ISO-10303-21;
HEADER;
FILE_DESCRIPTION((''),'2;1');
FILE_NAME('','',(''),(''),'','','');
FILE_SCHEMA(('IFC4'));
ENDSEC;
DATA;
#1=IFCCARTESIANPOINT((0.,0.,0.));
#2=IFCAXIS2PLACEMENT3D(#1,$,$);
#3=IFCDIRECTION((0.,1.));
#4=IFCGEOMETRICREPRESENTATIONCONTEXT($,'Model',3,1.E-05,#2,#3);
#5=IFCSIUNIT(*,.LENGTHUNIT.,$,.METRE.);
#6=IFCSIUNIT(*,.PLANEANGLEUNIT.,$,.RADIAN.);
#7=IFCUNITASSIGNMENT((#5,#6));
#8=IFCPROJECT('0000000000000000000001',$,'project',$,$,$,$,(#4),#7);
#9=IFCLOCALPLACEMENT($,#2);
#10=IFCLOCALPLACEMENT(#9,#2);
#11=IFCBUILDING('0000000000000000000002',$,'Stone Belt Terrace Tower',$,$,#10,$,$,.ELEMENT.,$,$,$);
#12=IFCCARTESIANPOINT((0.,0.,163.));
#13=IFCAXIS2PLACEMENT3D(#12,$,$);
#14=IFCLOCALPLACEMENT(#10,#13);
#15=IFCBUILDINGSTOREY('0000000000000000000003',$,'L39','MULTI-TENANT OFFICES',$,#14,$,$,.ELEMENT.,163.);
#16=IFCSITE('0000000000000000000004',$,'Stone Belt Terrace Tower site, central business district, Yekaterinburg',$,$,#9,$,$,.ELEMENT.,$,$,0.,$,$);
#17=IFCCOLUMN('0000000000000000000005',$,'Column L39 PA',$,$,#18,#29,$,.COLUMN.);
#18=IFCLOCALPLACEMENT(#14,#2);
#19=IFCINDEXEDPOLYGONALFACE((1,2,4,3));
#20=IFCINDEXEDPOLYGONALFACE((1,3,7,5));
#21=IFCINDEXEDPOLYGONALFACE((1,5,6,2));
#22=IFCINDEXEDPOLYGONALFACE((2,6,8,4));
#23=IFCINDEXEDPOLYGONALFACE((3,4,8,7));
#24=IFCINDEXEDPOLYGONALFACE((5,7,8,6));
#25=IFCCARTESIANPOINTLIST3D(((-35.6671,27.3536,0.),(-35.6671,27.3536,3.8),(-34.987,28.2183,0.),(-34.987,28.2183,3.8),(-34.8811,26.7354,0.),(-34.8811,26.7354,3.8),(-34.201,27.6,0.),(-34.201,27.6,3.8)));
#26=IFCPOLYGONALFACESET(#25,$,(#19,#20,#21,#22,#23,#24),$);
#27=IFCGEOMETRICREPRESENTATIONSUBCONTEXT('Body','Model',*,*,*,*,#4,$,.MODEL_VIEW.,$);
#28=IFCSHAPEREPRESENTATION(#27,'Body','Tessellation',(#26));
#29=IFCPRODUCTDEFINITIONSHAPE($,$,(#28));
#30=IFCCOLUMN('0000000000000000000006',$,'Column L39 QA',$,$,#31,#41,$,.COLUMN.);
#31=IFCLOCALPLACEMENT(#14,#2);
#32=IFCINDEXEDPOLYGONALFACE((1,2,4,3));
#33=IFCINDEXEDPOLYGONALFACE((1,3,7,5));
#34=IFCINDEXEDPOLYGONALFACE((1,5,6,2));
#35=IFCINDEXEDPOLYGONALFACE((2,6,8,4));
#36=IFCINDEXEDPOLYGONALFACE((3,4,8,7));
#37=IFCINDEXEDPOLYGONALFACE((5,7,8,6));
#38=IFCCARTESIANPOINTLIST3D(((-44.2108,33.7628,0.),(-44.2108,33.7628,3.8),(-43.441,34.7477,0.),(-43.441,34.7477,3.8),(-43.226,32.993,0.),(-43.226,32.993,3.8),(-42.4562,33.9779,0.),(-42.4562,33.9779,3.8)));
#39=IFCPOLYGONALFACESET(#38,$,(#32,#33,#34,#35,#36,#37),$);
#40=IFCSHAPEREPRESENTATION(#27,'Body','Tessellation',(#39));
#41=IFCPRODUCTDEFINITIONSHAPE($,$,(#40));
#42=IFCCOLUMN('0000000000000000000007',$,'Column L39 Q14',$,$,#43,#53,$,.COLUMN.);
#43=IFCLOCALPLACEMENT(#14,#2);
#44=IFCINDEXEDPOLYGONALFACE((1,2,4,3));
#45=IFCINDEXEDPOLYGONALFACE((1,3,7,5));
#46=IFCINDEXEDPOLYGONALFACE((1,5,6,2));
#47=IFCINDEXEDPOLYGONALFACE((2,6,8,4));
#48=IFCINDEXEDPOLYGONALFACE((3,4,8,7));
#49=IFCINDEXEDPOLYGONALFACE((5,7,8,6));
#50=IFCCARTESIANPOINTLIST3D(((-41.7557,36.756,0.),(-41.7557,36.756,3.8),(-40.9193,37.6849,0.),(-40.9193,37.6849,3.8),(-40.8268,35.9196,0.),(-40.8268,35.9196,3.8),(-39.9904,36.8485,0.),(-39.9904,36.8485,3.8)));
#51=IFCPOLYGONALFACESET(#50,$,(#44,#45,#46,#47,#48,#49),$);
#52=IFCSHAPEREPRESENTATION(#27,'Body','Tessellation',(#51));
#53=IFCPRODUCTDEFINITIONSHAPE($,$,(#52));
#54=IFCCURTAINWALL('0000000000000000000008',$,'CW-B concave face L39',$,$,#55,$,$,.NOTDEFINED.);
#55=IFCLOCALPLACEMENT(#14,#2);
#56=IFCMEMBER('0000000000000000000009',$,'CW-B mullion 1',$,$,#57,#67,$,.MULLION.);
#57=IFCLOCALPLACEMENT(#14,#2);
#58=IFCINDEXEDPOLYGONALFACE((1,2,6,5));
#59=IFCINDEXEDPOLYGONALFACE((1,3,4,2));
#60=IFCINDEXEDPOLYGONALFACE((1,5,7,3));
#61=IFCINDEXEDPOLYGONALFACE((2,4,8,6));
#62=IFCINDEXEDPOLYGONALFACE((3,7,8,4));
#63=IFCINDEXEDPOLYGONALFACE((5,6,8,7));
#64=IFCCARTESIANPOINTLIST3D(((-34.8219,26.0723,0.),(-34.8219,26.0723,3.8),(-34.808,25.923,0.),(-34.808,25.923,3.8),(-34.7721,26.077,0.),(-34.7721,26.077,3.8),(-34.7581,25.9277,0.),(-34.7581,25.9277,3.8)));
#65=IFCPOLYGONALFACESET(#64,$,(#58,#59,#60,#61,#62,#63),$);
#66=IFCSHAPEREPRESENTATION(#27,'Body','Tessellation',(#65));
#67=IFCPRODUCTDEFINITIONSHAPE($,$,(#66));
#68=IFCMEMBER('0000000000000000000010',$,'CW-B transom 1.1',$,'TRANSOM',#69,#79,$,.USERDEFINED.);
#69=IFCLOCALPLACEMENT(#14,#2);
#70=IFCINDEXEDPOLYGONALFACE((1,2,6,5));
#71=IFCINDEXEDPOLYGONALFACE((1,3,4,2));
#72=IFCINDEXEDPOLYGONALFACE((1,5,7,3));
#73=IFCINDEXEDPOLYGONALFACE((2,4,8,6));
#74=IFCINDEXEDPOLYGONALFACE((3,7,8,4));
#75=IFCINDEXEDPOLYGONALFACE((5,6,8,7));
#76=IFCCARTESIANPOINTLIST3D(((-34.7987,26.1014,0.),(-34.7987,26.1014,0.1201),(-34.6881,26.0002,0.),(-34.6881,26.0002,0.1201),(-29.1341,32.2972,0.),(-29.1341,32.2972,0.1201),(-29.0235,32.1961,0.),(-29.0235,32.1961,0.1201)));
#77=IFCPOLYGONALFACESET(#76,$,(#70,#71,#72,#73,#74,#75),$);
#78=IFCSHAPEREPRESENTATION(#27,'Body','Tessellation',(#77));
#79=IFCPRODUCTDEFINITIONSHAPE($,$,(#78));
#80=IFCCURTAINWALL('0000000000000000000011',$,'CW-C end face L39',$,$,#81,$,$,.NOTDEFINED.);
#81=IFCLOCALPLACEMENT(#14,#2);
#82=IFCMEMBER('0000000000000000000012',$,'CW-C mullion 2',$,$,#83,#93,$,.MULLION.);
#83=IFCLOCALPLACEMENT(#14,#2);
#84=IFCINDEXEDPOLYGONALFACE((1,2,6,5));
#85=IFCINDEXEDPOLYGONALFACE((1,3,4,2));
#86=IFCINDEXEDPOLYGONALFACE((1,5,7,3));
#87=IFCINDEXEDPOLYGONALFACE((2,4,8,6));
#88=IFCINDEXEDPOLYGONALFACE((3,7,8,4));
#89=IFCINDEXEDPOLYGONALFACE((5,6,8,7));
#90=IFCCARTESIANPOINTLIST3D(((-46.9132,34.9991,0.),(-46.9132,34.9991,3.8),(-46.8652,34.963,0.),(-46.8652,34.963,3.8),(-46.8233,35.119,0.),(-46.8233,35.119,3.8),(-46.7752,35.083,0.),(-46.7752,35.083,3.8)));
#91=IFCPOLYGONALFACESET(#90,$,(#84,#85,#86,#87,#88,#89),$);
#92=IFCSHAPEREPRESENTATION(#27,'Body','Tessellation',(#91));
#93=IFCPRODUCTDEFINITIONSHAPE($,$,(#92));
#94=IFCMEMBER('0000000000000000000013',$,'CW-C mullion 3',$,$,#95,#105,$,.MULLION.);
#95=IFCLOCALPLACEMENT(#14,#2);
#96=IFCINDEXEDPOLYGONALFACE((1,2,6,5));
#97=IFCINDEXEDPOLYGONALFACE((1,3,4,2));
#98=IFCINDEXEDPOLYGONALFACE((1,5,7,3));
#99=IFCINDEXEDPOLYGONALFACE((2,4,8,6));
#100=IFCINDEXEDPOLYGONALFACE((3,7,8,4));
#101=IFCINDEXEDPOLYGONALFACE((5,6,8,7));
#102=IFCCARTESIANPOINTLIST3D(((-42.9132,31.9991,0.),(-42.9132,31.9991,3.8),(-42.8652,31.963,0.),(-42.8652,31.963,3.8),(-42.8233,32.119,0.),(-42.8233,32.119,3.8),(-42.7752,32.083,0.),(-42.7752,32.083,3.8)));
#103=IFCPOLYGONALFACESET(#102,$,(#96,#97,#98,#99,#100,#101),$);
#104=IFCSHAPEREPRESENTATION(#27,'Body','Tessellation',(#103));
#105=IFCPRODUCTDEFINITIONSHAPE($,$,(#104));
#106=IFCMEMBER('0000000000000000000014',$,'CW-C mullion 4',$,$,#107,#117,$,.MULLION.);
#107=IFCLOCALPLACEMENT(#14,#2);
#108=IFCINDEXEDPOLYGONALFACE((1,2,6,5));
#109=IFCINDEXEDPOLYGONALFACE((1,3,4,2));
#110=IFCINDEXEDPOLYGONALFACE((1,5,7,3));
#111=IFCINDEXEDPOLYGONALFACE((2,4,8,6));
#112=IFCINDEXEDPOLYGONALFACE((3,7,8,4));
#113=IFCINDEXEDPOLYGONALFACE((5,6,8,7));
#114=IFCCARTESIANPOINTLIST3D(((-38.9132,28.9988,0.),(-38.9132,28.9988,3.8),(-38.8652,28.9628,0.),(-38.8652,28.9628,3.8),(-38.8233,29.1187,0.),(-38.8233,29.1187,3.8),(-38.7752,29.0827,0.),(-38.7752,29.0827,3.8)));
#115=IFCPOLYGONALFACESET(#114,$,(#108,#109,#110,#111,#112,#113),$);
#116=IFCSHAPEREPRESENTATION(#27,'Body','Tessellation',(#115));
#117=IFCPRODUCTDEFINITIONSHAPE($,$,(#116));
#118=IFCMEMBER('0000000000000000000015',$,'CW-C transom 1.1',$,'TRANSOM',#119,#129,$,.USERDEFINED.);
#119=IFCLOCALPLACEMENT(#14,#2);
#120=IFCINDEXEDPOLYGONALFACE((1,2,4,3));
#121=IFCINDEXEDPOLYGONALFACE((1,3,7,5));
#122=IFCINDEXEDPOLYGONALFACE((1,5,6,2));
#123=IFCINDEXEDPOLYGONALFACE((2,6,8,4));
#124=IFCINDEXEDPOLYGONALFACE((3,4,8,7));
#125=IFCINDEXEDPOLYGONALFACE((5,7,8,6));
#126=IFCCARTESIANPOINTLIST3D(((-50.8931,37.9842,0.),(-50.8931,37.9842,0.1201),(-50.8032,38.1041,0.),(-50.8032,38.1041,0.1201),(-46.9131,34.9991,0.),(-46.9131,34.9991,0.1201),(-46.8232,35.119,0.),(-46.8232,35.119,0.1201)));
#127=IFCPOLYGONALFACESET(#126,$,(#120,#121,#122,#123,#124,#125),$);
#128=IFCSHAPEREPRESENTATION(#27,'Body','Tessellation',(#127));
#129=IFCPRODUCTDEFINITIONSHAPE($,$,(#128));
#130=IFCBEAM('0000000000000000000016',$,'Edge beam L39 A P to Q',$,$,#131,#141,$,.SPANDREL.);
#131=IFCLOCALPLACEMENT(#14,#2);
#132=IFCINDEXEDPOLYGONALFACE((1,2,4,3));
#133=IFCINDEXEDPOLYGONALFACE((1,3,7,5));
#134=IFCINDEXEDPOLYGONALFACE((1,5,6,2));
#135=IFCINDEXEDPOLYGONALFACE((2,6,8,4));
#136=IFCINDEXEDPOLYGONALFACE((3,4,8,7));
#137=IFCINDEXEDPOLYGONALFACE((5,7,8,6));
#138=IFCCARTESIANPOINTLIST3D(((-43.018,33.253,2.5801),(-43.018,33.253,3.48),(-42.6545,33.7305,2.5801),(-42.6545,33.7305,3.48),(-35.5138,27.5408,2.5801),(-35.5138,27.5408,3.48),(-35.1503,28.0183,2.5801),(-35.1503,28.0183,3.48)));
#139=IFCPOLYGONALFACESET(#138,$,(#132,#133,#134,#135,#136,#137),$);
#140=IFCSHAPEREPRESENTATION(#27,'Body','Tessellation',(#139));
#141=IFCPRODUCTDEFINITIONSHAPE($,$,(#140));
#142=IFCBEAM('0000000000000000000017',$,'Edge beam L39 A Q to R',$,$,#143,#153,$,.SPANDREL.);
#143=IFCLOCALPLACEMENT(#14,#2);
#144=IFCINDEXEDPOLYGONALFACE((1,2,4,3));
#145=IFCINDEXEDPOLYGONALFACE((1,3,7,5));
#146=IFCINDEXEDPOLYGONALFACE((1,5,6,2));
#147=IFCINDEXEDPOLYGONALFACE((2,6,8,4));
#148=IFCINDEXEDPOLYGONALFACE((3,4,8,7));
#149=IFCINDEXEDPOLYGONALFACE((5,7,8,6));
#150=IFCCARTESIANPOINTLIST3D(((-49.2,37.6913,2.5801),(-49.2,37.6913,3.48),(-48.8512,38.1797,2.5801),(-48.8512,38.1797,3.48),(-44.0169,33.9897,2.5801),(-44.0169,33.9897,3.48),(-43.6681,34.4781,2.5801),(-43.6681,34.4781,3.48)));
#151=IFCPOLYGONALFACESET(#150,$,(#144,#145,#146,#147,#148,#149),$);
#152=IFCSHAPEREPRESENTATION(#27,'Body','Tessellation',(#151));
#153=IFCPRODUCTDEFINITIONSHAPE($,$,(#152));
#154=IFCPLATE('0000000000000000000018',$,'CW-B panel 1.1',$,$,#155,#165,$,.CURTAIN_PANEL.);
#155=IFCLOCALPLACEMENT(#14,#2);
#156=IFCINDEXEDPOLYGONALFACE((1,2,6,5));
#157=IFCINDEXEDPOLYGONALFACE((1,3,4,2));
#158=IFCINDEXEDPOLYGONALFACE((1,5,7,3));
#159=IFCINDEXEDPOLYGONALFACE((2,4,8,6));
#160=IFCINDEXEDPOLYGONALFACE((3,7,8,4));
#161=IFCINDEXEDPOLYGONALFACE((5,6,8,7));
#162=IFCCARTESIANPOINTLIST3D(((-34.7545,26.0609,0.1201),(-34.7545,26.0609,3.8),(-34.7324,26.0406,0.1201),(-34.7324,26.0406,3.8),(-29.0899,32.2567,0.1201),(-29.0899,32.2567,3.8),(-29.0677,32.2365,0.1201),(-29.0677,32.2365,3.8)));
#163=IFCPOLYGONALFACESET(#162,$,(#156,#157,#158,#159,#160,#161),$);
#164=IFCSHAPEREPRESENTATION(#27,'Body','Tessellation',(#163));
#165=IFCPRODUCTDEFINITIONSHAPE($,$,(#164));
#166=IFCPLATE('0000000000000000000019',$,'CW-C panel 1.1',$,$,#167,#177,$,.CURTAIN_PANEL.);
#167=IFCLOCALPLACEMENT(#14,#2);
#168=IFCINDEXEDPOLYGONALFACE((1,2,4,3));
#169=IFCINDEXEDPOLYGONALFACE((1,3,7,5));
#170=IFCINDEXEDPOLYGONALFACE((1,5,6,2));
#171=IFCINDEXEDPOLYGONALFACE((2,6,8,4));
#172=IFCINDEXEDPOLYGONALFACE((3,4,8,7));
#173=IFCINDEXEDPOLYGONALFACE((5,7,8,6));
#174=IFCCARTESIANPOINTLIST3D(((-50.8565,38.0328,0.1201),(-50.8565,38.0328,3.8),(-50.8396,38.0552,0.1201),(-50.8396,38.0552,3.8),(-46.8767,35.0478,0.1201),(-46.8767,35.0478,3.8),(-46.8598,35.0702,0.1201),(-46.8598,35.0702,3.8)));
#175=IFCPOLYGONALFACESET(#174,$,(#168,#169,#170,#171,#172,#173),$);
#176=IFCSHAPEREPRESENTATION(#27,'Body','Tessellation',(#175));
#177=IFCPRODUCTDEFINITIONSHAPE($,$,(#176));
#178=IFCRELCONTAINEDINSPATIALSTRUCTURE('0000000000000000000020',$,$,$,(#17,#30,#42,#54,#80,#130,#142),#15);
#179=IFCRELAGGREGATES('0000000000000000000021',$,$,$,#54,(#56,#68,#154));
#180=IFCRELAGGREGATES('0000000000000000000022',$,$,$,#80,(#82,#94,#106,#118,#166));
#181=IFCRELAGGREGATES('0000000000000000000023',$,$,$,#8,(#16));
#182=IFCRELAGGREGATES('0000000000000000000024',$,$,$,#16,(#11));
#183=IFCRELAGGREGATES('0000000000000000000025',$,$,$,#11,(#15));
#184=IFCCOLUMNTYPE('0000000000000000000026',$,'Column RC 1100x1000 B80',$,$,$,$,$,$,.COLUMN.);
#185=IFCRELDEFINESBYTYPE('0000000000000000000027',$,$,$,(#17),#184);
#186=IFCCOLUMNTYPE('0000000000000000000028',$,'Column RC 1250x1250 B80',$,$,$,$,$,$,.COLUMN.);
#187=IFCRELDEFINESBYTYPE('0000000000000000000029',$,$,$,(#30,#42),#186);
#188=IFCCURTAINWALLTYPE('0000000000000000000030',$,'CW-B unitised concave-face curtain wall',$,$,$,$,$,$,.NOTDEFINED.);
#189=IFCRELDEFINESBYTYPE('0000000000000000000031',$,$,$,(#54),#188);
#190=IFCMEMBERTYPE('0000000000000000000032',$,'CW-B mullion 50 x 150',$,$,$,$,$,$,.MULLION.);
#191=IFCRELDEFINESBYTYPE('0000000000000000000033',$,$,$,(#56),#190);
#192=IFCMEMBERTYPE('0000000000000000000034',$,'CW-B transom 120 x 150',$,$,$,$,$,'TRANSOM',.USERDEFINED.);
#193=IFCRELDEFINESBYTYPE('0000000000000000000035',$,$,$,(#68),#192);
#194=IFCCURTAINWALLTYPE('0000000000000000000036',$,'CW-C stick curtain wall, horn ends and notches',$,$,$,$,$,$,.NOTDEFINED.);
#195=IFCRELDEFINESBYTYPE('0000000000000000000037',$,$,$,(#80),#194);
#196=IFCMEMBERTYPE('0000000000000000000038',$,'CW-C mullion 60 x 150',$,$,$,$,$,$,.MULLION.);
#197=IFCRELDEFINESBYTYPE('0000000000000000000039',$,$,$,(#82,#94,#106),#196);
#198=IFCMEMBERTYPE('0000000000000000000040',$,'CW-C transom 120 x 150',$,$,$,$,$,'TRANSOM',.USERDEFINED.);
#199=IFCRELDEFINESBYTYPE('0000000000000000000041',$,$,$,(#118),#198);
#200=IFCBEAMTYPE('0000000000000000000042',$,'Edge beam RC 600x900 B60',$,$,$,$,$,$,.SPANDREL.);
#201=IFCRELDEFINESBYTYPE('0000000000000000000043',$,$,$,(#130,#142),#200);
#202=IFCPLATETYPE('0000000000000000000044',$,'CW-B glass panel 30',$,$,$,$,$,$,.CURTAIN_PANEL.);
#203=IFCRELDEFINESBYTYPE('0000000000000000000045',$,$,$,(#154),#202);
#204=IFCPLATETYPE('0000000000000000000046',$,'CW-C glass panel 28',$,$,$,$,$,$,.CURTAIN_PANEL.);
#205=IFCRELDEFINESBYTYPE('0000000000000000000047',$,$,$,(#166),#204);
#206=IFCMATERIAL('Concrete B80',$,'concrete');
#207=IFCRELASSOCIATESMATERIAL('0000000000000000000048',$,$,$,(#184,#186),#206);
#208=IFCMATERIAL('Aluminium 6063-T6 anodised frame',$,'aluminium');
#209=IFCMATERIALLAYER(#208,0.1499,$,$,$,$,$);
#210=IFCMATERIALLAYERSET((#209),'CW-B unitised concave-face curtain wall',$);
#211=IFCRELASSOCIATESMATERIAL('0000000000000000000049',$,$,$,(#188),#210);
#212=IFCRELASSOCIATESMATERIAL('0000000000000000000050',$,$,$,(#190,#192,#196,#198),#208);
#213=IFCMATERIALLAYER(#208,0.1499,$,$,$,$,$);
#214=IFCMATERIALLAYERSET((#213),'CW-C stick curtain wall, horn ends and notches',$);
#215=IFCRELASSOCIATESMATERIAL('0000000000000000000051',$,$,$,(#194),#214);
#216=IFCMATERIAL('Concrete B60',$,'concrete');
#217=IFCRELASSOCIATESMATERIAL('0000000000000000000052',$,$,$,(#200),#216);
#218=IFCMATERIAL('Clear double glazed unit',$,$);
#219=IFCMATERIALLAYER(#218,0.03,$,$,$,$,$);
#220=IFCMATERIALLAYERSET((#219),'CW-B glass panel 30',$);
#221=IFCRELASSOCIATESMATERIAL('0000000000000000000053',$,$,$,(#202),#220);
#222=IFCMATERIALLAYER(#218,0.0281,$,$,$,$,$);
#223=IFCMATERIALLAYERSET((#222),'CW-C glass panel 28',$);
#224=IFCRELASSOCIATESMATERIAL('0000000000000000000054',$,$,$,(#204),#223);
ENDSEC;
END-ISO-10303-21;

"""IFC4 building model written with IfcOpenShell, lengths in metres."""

from ifc_helpers import new_model, si_unit, direction, frame, origin, origin_2d, place, context, subcontext, project, spatial, rectangle, extrude, material, layer, layer_set, material_profile, profile_set, type_object, element, aggregate, save


model = new_model("IFC4")

# Units and contexts
model_context = context("Model", 3, precision=1e-05, world=origin(), true_north=direction((0.0, 1.0)))
body_context = subcontext(model_context, "Body", "Model", "MODEL_VIEW")
ifc_project = project(units=[si_unit("LENGTHUNIT", "METRE"), si_unit("PLANEANGLEUNIT", "RADIAN")], contexts=[model_context])

# Site, building, storey
site_placement = place(None, origin())
site = spatial("IfcSite", under=ifc_project, at=site_placement, Name="Stone Belt Terrace Tower site, central business district, Yekaterinburg", CompositionType="ELEMENT", RefElevation=0.0)
building_placement = place(site_placement, origin())
building = spatial("IfcBuilding", under=site, at=building_placement, Name="Stone Belt Terrace Tower", CompositionType="ELEMENT")
storey_placement = place(building_placement, frame((0.0, 0.0, 163.0)))
storey = spatial("IfcBuildingStorey", under=building, at=storey_placement, Name="L39", Description="MULTI-TENANT OFFICES", CompositionType="ELEMENT", Elevation=163.0)

# Columns
ifc_material_1 = material(Name="Concrete B80", Category="concrete")
ifc_material_profile_1 = material_profile(ifc_material_1, rectangle(XDim=1.1001, YDim=1.0, at=origin_2d()), Name="RC 1100x1000")
ifc_profile_set_1 = profile_set([ifc_material_profile_1], Name="Concrete B80")
column_type_1 = type_object("IfcColumnType", Name="Column RC 1100x1000 B80", PredefinedType="COLUMN", material=ifc_profile_set_1)
column_placement = place(storey_placement, frame((-34.9341, 27.4768, 0.0), z_axis=(0.0, 0.0, 1.0), x_axis=(0.618218, 0.786007, 0.0)))
element("IfcColumn", 1, at=column_placement, inside=storey, type_object=column_type_1, Name="Column L39 PA", PredefinedType="COLUMN", context=body_context, shape_type="SweptSolid", body=[
    extrude(rectangle(XDim=1.1001, YDim=1.0, at=origin_2d()), origin(), (0.0, 0.0, 1.0), 3.8),
])
ifc_material_profile_2 = material_profile(ifc_material_1, rectangle(XDim=1.25, YDim=1.25, at=origin_2d()), Name="RC 1250x1250")
ifc_profile_set_2 = profile_set([ifc_material_profile_2], Name="Concrete B80")
column_type_2 = type_object("IfcColumnType", Name="Column RC 1250x1250 B80", PredefinedType="COLUMN", material=ifc_profile_set_2)
for number, where, z_axis, x_axis, name in (
    (2, (-43.3335, 33.8704, 0.0), (0.0, 0.0, 1.0), (0.615825, 0.787883, 0.0), "Column L39 QA"),
    (3, (-40.873, 36.8022, 0.0), (0.0, 0.0, 1.0), (0.669131, 0.743145, 0.0), "Column L39 Q14"),
):
    element("IfcColumn", number, at=place(storey_placement, frame(where, z_axis=z_axis, x_axis=x_axis)), inside=storey, type_object=column_type_2, Name=name, PredefinedType="COLUMN", context=body_context, shape_type="SweptSolid", body=[
        extrude(rectangle(XDim=1.25, YDim=1.25, at=origin_2d()), origin(), (0.0, 0.0, 1.0), 3.8),
    ])

# Curtain walls, members
ifc_material_2 = material(Name="Aluminium 6063-T6 anodised frame", Category="aluminium")
ifc_layer_1 = layer(ifc_material_2, 0.1499)
ifc_layer_set_1 = layer_set([ifc_layer_1], Name="CW-B unitised concave-face curtain wall")
curtain_wall_type_1 = type_object("IfcCurtainWallType", Name="CW-B unitised concave-face curtain wall", PredefinedType="NOTDEFINED", material=ifc_layer_set_1)
curtain_wall_1_placement = place(storey_placement, origin())
curtain_wall_1 = element("IfcCurtainWall", 4, at=curtain_wall_1_placement, inside=storey, type_object=curtain_wall_type_1, Name="CW-B concave face L39", PredefinedType="NOTDEFINED")
ifc_material_profile_3 = material_profile(ifc_material_2, rectangle(XDim=0.1499, YDim=0.05, at=origin_2d()), Name="Aluminium 6063-T6 50x150")
ifc_profile_set_3 = profile_set([ifc_material_profile_3], Name="Aluminium 6063-T6 anodised frame")
member_type_1 = type_object("IfcMemberType", Name="CW-B mullion 50 x 150", PredefinedType="MULLION", material=ifc_profile_set_3)
member_1_placement = place(storey_placement, frame((-34.79, 26.0, 0.0), z_axis=(0.0, 0.0, 1.0), x_axis=(-0.093181, 0.995649, 0.0)))
member_1 = element("IfcMember", 5, at=member_1_placement, type_object=member_type_1, Name="CW-B mullion 1", PredefinedType="MULLION", context=body_context, shape_type="SweptSolid", body=[
    extrude(rectangle(XDim=0.1499, YDim=0.05, at=origin_2d()), origin(), (0.0, 0.0, 1.0), 3.8),
])
ifc_material_profile_4 = material_profile(ifc_material_2, rectangle(XDim=0.1499, YDim=0.1201, at=origin_2d()), Name="Aluminium 6063-T6 150x120")
ifc_profile_set_4 = profile_set([ifc_material_profile_4], Name="Aluminium 6063-T6 anodised frame")
member_type_2 = type_object("IfcMemberType", Name="CW-B transom 120 x 150", ElementType="TRANSOM", PredefinedType="USERDEFINED", material=ifc_profile_set_4)
member_2_placement = place(storey_placement, frame((-34.7434, 26.0508, 0.0601), z_axis=(0.674757, 0.73804, 0.0), x_axis=(-0.73804, 0.674757, 0.0)))
member_2 = element("IfcMember", 6, at=member_2_placement, type_object=member_type_2, Name="CW-B transom 1.1", ObjectType="TRANSOM", PredefinedType="USERDEFINED", context=body_context, shape_type="SweptSolid", body=[
    extrude(rectangle(XDim=0.1499, YDim=0.1201, at=origin_2d()), origin(), (0.0, 0.0, 1.0), 8.395),
])
ifc_layer_2 = layer(ifc_material_2, 0.1499)
ifc_layer_set_2 = layer_set([ifc_layer_2], Name="CW-C stick curtain wall, horn ends and notches")
curtain_wall_type_2 = type_object("IfcCurtainWallType", Name="CW-C stick curtain wall, horn ends and notches", PredefinedType="NOTDEFINED", material=ifc_layer_set_2)
curtain_wall_2_placement = place(storey_placement, origin())
curtain_wall_2 = element("IfcCurtainWall", 7, at=curtain_wall_2_placement, inside=storey, type_object=curtain_wall_type_2, Name="CW-C end face L39", PredefinedType="NOTDEFINED")
ifc_material_profile_5 = material_profile(ifc_material_2, rectangle(XDim=0.1499, YDim=0.0601, at=origin_2d()), Name="Aluminium 6063-T6 60x150")
ifc_profile_set_5 = profile_set([ifc_material_profile_5], Name="Aluminium 6063-T6 anodised frame")
member_type_3 = type_object("IfcMemberType", Name="CW-C mullion 60 x 150", PredefinedType="MULLION", material=ifc_profile_set_5)
member_3_placement = place(storey_placement, frame((-46.8442, 35.041, 0.0), z_axis=(0.0, 0.0, 1.0), x_axis=(0.600018, 0.799987, 0.0)))
member_3 = element("IfcMember", 8, at=member_3_placement, type_object=member_type_3, Name="CW-C mullion 2", PredefinedType="MULLION", context=body_context, shape_type="SweptSolid", body=[
    extrude(rectangle(XDim=0.1499, YDim=0.0601, at=origin_2d()), origin(), (0.0, 0.0, 1.0), 3.8),
])
member_4_placement = place(storey_placement, frame((-42.8442, 32.041, 0.0), z_axis=(0.0, 0.0, 1.0), x_axis=(0.600018, 0.799987, 0.0)))
member_4 = element("IfcMember", 9, at=member_4_placement, type_object=member_type_3, Name="CW-C mullion 3", PredefinedType="MULLION", context=body_context, shape_type="SweptSolid", body=[
    extrude(rectangle(XDim=0.1499, YDim=0.0601, at=origin_2d()), origin(), (0.0, 0.0, 1.0), 3.8),
])
member_5_placement = place(storey_placement, frame((-38.8442, 29.0408, 0.0), z_axis=(0.0, 0.0, 1.0), x_axis=(0.600018, 0.799987, 0.0)))
member_5 = element("IfcMember", 10, at=member_5_placement, type_object=member_type_3, Name="CW-C mullion 4", PredefinedType="MULLION", context=body_context, shape_type="SweptSolid", body=[
    extrude(rectangle(XDim=0.1499, YDim=0.0601, at=origin_2d()), origin(), (0.0, 0.0, 1.0), 3.8),
])
ifc_material_profile_6 = material_profile(ifc_material_2, rectangle(XDim=0.1499, YDim=0.1201, at=origin_2d()), Name="Aluminium 6063-T6 150x120")
ifc_profile_set_6 = profile_set([ifc_material_profile_6], Name="Aluminium 6063-T6 anodised frame")
member_type_4 = type_object("IfcMemberType", Name="CW-C transom 120 x 150", ElementType="TRANSOM", PredefinedType="USERDEFINED", material=ifc_profile_set_6)
member_6_placement = place(storey_placement, frame((-50.8481, 38.0442, 0.0601), z_axis=(0.799988, -0.600016, 0.0), x_axis=(0.600016, 0.799988, 0.0)))
member_6 = element("IfcMember", 11, at=member_6_placement, type_object=member_type_4, Name="CW-C transom 1.1", ObjectType="TRANSOM", PredefinedType="USERDEFINED", context=body_context, shape_type="SweptSolid", body=[
    extrude(rectangle(XDim=0.1499, YDim=0.1201, at=origin_2d()), origin(), (0.0, 0.0, 1.0), 4.9751),
])

# Beams
ifc_material_3 = material(Name="Concrete B60", Category="concrete")
ifc_material_profile_7 = material_profile(ifc_material_3, rectangle(XDim=0.6001, YDim=0.8999, at=origin_2d()), Name="RC 600x900")
ifc_profile_set_7 = profile_set([ifc_material_profile_7], Name="Concrete B60")
beam_type = type_object("IfcBeamType", Name="Edge beam RC 600x900 B60", PredefinedType="SPANDREL", material=ifc_profile_set_7)
beam_1_placement = place(storey_placement, frame((-35.332, 27.7795, 3.03), z_axis=(-0.795702, 0.605688, 0.0), x_axis=(-0.605688, -0.795702, 0.0)))
element("IfcBeam", 12, at=beam_1_placement, inside=storey, type_object=beam_type, Name="Edge beam L39 A P to Q", PredefinedType="SPANDREL", context=body_context, shape_type="SweptSolid", body=[
    extrude(rectangle(XDim=0.6001, YDim=0.8999, at=origin_2d()), origin(), (0.0, 0.0, 1.0), 9.4309),
])
beam_2_placement = place(storey_placement, frame((-43.8425, 34.2339, 3.03), z_axis=(-0.813775, 0.58118, 0.0), x_axis=(-0.58118, -0.813775, 0.0)))
element("IfcBeam", 13, at=beam_2_placement, inside=storey, type_object=beam_type, Name="Edge beam L39 A Q to R", PredefinedType="SPANDREL", context=body_context, shape_type="SweptSolid", body=[
    extrude(rectangle(XDim=0.6001, YDim=0.8999, at=origin_2d()), origin(), (0.0, 0.0, 1.0), 6.3691),
])

# Plates
ifc_material_4 = material(Name="Clear double glazed unit")
ifc_layer_3 = layer(ifc_material_4, 0.03)
ifc_layer_set_3 = layer_set([ifc_layer_3], Name="CW-B glass panel 30")
plate_type_1 = type_object("IfcPlateType", Name="CW-B glass panel 30", PredefinedType="CURTAIN_PANEL", material=ifc_layer_set_3)
plate_1_placement = place(storey_placement, frame((-31.9111, 29.1487, 0.1201), z_axis=(0.0, 0.0, 1.0), x_axis=(0.674761, 0.738036, 0.0)))
plate_1 = element("IfcPlate", 14, at=plate_1_placement, type_object=plate_type_1, Name="CW-B panel 1.1", PredefinedType="CURTAIN_PANEL", context=body_context, shape_type="SweptSolid", body=[
    extrude(rectangle(XDim=8.395, YDim=0.03, at=origin_2d()), origin(), (0.0, 0.0, 1.0), 3.6799),
])
aggregate(curtain_wall_1, [member_1, member_2, plate_1])
ifc_layer_4 = layer(ifc_material_4, 0.0281)
ifc_layer_set_4 = layer_set([ifc_layer_4], Name="CW-C glass panel 28")
plate_type_2 = type_object("IfcPlateType", Name="CW-C glass panel 28", PredefinedType="CURTAIN_PANEL", material=ifc_layer_set_4)
plate_2_placement = place(storey_placement, frame((-48.8582, 36.5515, 0.1201), z_axis=(0.0, 0.0, 1.0), x_axis=(0.799987, -0.600018, 0.0)))
plate_2 = element("IfcPlate", 15, at=plate_2_placement, type_object=plate_type_2, Name="CW-C panel 1.1", PredefinedType="CURTAIN_PANEL", context=body_context, shape_type="SweptSolid", body=[
    extrude(rectangle(XDim=4.9749, YDim=0.0281, at=origin_2d()), origin(), (0.0, 0.0, 1.0), 3.6799),
])
aggregate(curtain_wall_2, [member_3, member_4, member_5, member_6, plate_2])

save(model, "model.ifc")
